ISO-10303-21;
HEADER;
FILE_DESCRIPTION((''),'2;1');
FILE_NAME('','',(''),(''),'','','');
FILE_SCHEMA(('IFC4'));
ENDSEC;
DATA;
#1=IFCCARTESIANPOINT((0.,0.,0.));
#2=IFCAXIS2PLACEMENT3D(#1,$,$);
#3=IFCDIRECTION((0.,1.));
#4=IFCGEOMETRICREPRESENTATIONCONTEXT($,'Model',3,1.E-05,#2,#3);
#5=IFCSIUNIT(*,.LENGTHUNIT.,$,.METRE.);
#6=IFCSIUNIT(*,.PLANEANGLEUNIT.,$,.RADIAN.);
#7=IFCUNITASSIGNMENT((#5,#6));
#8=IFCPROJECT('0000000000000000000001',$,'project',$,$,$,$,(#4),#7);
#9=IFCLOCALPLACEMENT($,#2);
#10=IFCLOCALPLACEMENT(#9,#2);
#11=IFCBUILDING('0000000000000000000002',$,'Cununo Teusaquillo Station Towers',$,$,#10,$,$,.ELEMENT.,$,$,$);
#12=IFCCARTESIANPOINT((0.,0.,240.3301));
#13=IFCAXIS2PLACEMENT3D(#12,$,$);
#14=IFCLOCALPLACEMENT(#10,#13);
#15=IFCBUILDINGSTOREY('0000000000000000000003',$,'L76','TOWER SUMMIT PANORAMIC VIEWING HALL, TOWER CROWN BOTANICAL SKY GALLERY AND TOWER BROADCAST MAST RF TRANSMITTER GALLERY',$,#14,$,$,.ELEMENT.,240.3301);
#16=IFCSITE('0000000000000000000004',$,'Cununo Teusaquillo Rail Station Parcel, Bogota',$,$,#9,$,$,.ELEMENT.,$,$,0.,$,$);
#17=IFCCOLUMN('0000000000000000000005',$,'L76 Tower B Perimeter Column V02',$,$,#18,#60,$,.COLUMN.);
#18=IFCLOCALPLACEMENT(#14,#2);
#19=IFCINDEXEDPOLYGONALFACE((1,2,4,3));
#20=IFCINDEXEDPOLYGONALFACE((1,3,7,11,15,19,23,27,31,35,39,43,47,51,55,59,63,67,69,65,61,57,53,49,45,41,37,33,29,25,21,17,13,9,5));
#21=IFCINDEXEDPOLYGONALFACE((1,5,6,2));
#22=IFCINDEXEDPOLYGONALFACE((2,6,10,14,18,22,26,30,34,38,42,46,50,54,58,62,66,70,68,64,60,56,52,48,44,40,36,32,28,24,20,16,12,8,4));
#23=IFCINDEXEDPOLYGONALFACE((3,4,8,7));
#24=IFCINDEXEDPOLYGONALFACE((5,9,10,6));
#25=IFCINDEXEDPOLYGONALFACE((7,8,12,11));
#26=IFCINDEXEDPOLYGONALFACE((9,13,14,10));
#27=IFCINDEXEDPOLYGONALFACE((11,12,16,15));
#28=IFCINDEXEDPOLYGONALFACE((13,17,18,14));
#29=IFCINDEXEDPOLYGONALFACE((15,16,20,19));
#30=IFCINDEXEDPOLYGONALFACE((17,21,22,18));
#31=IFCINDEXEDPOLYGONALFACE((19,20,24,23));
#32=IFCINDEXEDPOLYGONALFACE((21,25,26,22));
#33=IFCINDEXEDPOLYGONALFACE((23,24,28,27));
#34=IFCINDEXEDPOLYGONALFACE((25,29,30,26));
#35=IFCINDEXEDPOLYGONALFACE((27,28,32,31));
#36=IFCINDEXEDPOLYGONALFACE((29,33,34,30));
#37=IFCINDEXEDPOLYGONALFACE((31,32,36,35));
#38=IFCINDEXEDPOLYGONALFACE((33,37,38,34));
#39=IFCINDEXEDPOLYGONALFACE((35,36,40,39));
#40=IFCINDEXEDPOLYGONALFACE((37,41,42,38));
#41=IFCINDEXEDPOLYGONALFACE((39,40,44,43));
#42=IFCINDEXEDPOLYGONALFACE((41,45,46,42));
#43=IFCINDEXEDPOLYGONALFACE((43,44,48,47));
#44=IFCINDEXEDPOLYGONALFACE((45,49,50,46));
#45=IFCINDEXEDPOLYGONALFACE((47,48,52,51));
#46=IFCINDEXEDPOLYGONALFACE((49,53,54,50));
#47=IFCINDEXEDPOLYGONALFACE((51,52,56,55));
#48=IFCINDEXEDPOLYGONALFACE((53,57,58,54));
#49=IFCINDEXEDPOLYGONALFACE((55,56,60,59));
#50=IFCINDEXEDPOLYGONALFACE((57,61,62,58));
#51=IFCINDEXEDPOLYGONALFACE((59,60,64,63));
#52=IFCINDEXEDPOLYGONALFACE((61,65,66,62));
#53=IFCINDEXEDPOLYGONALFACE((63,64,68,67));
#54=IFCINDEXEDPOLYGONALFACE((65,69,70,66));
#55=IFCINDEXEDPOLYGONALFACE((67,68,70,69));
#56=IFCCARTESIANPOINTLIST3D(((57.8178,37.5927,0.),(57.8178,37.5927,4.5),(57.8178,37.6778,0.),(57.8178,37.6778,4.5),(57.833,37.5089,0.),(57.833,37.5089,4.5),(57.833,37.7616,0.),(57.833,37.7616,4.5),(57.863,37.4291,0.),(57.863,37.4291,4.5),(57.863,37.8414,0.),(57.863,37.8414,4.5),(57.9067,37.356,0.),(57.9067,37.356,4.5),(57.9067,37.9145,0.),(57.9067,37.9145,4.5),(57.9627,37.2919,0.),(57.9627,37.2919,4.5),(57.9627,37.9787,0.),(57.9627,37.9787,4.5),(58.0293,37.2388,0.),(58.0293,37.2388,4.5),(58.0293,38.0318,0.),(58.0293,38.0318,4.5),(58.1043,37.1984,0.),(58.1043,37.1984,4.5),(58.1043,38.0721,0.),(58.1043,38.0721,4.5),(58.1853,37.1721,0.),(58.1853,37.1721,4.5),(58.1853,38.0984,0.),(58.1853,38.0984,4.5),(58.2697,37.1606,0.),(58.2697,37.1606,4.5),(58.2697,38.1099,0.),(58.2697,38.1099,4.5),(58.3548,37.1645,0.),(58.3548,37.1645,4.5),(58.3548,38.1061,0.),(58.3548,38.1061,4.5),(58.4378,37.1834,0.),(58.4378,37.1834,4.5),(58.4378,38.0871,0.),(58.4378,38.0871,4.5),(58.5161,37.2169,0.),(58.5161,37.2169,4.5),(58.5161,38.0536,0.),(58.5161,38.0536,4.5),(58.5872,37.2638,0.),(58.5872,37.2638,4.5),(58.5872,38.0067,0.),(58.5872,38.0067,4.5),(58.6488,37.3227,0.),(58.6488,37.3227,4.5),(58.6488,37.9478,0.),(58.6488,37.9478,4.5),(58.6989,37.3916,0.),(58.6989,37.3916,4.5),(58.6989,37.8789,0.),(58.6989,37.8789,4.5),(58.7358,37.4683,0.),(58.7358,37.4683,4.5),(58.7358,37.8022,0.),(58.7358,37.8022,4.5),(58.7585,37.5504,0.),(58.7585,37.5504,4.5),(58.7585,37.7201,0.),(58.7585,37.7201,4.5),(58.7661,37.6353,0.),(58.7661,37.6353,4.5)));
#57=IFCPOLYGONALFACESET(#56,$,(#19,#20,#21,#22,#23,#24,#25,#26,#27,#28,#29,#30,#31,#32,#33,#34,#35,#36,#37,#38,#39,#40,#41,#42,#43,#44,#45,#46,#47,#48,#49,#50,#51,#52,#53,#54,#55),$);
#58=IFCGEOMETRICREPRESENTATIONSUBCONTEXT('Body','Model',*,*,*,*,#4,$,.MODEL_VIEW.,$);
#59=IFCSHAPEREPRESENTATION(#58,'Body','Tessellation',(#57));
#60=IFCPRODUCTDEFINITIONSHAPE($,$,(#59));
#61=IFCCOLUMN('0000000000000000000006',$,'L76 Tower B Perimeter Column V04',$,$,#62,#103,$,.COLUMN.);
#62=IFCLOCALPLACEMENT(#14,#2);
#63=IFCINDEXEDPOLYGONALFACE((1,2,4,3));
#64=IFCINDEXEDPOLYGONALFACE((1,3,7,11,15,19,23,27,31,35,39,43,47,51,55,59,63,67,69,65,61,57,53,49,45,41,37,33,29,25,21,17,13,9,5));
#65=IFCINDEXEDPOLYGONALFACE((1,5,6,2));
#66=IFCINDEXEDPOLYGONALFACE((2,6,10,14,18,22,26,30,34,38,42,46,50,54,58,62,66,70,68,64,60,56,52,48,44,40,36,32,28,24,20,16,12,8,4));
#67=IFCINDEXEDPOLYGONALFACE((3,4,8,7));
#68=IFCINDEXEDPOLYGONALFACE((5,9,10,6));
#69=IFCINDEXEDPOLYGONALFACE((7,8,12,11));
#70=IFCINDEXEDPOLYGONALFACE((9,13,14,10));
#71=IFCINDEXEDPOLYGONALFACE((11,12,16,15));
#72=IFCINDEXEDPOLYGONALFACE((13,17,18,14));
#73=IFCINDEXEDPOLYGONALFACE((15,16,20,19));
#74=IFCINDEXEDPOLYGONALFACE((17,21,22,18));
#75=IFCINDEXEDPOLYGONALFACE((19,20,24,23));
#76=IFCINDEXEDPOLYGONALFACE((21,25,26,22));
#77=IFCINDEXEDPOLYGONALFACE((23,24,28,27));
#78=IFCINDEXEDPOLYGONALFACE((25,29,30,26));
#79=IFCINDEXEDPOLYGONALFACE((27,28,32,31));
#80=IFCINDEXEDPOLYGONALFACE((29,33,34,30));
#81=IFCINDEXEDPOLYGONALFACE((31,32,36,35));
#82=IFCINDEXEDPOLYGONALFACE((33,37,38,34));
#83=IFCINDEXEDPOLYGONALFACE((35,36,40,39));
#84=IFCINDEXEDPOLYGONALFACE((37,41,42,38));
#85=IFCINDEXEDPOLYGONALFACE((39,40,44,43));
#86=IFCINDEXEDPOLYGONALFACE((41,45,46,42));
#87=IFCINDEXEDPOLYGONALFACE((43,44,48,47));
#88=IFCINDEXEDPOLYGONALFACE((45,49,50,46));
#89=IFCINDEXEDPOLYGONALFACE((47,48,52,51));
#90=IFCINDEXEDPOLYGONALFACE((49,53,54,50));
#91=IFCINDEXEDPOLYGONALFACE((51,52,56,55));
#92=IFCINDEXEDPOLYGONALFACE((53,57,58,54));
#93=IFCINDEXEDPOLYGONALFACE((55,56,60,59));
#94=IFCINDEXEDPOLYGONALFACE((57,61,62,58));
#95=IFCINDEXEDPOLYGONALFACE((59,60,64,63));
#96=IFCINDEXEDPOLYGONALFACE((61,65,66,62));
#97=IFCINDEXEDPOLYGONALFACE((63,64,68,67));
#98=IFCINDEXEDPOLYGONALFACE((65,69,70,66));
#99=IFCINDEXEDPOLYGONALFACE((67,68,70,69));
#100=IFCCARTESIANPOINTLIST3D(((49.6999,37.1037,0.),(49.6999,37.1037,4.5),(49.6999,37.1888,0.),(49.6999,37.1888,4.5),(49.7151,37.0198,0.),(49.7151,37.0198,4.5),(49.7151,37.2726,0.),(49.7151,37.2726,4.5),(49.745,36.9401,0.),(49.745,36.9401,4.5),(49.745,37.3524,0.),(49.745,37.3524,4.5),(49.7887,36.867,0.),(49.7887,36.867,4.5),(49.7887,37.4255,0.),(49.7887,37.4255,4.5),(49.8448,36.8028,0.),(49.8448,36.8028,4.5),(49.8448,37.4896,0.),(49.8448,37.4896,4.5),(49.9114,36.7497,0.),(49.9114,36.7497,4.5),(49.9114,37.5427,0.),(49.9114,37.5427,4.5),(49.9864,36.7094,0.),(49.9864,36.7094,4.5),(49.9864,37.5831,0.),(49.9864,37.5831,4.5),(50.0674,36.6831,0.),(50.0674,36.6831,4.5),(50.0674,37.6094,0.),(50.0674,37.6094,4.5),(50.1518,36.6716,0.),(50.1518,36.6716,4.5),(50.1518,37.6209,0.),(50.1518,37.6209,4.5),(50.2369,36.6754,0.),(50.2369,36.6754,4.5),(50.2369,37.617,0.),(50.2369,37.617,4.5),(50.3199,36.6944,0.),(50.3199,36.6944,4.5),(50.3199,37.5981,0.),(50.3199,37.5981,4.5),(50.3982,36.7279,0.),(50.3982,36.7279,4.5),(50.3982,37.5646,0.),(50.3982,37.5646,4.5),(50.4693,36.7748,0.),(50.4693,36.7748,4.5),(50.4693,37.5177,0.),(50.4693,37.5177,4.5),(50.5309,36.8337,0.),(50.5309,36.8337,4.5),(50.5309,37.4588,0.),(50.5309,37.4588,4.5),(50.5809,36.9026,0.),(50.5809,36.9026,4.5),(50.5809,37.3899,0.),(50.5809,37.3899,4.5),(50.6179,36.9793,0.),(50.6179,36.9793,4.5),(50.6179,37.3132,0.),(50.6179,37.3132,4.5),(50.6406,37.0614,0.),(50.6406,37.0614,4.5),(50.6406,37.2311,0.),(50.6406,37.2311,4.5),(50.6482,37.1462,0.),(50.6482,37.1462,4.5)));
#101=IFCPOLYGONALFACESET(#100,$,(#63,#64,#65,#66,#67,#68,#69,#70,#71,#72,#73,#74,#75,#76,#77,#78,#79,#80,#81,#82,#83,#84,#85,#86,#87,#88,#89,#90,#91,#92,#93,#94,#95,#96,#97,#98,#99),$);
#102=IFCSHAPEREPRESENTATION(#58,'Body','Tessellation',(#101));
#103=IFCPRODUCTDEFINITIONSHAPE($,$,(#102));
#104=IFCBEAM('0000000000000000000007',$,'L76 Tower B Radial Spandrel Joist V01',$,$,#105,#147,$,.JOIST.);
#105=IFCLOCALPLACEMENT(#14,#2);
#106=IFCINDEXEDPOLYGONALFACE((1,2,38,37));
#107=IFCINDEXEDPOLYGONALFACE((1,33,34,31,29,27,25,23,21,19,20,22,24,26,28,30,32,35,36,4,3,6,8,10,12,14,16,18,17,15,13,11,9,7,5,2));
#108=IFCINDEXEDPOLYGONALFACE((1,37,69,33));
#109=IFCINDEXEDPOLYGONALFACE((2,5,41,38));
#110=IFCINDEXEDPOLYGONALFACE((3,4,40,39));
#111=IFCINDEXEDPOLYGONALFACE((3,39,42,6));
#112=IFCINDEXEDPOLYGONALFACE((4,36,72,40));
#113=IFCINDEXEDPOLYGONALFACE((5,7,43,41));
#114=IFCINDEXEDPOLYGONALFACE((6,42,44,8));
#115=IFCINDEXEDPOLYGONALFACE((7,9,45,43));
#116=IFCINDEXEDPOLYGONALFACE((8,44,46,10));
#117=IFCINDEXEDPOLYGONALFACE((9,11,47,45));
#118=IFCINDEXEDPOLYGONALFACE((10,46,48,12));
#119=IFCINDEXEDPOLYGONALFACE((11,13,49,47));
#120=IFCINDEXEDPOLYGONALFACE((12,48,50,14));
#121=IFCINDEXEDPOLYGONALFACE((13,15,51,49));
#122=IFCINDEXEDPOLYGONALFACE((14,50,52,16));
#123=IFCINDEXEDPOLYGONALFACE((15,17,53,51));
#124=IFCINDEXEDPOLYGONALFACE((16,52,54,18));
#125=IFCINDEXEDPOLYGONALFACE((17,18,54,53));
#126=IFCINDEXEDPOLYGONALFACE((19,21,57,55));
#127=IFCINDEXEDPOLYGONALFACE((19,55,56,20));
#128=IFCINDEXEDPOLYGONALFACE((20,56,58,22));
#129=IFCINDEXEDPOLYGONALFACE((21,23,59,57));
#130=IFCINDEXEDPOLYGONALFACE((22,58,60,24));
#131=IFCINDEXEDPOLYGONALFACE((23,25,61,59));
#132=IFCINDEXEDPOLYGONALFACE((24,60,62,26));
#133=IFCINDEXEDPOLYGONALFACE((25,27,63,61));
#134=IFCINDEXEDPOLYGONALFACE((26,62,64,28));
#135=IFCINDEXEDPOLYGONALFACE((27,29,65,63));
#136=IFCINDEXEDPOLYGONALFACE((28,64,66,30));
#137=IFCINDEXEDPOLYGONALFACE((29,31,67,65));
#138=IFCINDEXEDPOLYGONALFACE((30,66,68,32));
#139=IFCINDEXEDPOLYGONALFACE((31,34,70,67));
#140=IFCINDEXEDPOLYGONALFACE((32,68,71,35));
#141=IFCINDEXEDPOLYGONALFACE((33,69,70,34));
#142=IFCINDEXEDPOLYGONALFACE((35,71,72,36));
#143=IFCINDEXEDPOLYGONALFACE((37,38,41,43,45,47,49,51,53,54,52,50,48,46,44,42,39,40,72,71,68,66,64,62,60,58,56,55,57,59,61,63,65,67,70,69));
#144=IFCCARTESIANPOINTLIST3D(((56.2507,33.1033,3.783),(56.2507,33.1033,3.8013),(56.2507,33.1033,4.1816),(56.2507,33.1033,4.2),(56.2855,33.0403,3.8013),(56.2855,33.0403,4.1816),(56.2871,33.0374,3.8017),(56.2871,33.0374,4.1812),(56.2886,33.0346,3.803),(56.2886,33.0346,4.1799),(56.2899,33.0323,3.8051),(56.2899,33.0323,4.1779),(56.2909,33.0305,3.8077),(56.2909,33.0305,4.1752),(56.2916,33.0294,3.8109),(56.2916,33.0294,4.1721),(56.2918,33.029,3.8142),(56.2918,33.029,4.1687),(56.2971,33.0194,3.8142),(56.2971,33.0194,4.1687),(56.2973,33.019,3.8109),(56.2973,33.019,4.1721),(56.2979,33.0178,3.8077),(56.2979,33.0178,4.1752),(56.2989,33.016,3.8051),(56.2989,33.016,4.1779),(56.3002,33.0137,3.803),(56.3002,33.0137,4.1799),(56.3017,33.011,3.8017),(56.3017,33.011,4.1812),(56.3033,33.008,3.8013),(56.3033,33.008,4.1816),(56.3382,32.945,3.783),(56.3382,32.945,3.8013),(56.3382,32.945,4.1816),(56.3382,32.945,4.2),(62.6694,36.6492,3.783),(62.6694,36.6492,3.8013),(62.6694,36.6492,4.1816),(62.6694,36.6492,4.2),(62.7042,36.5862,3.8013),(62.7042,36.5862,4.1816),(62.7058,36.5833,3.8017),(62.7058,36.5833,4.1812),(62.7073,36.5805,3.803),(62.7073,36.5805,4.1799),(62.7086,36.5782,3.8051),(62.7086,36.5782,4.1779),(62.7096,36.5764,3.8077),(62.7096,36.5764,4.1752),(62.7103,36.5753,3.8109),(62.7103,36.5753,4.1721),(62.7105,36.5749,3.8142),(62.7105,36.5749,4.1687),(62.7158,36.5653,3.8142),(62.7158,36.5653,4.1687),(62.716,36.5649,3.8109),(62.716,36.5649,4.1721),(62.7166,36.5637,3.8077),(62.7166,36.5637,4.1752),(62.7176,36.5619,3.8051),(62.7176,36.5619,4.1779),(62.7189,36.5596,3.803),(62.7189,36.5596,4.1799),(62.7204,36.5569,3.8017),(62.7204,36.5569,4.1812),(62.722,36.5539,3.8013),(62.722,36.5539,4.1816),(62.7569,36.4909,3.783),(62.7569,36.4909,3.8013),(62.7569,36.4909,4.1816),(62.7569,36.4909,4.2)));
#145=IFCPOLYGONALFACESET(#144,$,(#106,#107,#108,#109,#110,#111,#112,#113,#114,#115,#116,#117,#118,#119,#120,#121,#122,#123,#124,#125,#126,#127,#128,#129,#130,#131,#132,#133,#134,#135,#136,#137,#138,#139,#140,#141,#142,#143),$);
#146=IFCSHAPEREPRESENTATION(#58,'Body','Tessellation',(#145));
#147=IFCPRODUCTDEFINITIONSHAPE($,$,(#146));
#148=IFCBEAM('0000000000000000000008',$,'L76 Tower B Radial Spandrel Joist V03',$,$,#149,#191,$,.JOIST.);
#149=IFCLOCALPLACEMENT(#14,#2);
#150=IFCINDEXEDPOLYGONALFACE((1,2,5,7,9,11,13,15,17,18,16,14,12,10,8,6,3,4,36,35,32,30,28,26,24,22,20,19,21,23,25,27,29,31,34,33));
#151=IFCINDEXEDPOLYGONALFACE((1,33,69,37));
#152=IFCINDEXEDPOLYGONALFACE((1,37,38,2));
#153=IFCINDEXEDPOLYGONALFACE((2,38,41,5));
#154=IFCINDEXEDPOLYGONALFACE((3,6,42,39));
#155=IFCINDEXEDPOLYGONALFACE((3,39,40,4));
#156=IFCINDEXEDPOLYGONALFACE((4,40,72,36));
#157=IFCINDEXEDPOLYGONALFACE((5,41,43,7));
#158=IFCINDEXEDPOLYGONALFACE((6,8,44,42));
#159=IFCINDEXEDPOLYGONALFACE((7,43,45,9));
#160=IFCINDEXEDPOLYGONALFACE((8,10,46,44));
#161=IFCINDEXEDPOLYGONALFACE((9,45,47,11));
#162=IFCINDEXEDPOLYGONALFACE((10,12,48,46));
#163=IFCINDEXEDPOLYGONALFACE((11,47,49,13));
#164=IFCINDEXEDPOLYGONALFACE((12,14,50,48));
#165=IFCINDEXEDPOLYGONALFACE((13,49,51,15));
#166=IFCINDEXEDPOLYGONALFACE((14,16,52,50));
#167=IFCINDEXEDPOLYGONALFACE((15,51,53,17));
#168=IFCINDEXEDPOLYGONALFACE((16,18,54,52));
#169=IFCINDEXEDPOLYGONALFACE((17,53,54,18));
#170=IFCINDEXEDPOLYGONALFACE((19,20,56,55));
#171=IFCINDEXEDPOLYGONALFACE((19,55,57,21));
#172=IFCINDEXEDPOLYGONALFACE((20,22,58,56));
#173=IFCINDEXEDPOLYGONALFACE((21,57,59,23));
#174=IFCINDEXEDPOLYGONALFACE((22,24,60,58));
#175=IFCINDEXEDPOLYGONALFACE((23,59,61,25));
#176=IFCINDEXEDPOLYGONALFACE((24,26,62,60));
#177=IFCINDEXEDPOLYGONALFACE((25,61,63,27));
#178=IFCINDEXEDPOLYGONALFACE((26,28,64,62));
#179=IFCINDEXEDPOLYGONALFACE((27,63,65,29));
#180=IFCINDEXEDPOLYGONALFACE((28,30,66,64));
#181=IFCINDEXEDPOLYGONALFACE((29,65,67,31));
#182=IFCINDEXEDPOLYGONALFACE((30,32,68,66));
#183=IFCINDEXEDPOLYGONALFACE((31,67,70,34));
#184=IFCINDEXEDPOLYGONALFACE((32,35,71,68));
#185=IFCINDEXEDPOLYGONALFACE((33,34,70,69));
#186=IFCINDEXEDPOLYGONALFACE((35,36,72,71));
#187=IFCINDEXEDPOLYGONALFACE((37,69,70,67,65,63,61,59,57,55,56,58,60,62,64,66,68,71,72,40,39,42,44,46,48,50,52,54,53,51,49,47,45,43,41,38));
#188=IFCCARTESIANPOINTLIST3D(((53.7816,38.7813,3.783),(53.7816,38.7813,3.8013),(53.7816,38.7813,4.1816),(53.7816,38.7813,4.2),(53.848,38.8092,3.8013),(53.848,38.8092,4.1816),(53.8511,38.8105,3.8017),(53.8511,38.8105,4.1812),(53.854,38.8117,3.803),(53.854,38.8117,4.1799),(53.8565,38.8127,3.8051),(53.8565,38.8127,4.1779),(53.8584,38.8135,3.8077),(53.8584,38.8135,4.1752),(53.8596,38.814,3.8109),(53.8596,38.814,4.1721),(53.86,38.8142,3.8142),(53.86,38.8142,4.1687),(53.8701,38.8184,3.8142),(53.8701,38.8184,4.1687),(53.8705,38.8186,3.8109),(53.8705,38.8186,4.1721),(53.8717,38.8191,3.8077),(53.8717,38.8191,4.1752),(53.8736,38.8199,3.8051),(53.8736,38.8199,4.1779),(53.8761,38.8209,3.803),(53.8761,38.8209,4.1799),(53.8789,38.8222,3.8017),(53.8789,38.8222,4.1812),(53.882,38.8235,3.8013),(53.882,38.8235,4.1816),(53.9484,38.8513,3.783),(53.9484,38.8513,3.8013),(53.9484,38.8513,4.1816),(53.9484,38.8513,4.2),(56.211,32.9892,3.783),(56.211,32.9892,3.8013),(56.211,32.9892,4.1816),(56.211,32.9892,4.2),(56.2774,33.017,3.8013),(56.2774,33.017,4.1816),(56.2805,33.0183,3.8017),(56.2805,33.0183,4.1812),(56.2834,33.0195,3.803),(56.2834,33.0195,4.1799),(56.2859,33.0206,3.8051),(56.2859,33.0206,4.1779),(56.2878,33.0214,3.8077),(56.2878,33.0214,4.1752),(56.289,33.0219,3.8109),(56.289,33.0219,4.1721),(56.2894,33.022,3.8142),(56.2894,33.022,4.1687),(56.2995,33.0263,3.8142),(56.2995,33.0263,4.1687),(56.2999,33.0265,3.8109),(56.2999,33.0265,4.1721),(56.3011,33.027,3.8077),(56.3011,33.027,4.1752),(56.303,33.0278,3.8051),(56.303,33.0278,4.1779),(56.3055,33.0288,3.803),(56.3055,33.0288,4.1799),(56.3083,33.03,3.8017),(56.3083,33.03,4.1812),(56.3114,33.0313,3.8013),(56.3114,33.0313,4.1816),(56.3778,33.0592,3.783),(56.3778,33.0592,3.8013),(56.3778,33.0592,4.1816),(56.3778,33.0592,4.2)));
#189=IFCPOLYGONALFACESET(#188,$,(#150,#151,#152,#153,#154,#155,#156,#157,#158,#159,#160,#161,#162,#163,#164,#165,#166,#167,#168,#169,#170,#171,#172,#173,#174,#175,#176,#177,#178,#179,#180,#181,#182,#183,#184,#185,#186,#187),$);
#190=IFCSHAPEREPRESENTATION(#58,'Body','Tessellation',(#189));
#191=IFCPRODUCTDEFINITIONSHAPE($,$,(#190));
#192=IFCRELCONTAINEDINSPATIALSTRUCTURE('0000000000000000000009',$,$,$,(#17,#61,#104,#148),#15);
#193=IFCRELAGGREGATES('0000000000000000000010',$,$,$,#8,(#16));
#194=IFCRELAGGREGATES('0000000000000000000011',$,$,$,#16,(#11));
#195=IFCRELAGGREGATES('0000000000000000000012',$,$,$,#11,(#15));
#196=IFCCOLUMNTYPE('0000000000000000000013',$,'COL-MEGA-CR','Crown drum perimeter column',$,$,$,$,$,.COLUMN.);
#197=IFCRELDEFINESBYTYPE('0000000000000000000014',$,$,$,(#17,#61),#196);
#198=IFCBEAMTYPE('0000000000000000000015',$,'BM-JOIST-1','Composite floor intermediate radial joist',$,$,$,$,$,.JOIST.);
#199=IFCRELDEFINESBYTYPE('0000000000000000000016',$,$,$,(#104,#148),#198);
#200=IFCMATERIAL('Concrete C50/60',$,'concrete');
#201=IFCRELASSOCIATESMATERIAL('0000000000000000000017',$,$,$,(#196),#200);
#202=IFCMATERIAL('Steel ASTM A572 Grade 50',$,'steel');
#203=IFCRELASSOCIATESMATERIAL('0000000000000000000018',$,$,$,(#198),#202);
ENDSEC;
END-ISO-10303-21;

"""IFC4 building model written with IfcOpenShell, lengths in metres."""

from ifc_helpers import new_model, si_unit, direction, frame, origin, origin_2d, place, context, subcontext, project, spatial, circle, i_section, extrude, material, material_profile, profile_set, type_object, element, save


model = new_model("IFC4")

# Units and contexts
model_context = context("Model", 3, precision=1e-05, world=origin(), true_north=direction((0.0, 1.0)))
body_context = subcontext(model_context, "Body", "Model", "MODEL_VIEW")
ifc_project = project(units=[si_unit("LENGTHUNIT", "METRE"), si_unit("PLANEANGLEUNIT", "RADIAN")], contexts=[model_context])

# Site, building, storey
site_placement = place(None, origin())
site = spatial("IfcSite", under=ifc_project, at=site_placement, Name="Cununo Teusaquillo Rail Station Parcel, Bogota", CompositionType="ELEMENT", RefElevation=0.0)
building_placement = place(site_placement, origin())
building = spatial("IfcBuilding", under=site, at=building_placement, Name="Cununo Teusaquillo Station Towers", CompositionType="ELEMENT")
storey_placement = place(building_placement, frame((0.0, 0.0, 240.3301)))
storey = spatial("IfcBuildingStorey", under=building, at=storey_placement, Name="L76", Description="TOWER SUMMIT PANORAMIC VIEWING HALL, TOWER CROWN BOTANICAL SKY GALLERY AND TOWER BROADCAST MAST RF TRANSMITTER GALLERY", CompositionType="ELEMENT", Elevation=240.3301)

# Columns
ifc_material_1 = material(Name="Concrete C50/60", Category="concrete")
ifc_material_profile_1 = material_profile(ifc_material_1, circle(Radius=0.4751, at=origin_2d()), Name="RC-CIRC-950")
ifc_profile_set_1 = profile_set([ifc_material_profile_1], Name="Concrete C50/60")
column_type = type_object("IfcColumnType", Name="COL-MEGA-CR", Description="Crown drum perimeter column", PredefinedType="COLUMN", material=ifc_profile_set_1)
for number, where, z_axis, x_axis, name in (
    (1, (58.291, 37.6353, 0.0), (0.0, 0.0, 1.0), (1.0, 0.0, 0.0), "L76 Tower B Perimeter Column V02"),
    (2, (50.1731, 37.1462, 0.0), (0.0, 0.0, 1.0), (1.0, 0.0, 0.0), "L76 Tower B Perimeter Column V04"),
):
    element("IfcColumn", number, at=place(storey_placement, frame(where, z_axis=z_axis, x_axis=x_axis)), inside=storey, type_object=column_type, Name=name, PredefinedType="COLUMN", context=body_context, shape_type="SweptSolid", body=[
        extrude(circle(Radius=0.4751, at=origin_2d()), origin(), (0.0, 0.0, 1.0), 4.5),
    ])

# Beams
ifc_material_2 = material(Name="Steel ASTM A572 Grade 50", Category="steel")
ifc_material_profile_2 = material_profile(ifc_material_2, i_section(OverallWidth=0.1809, OverallDepth=0.417, WebThickness=0.011, FlangeThickness=0.0183, FilletRadius=0.0129, at=origin_2d()), Name="W16X57")
ifc_profile_set_2 = profile_set([ifc_material_profile_2], Name="Steel ASTM A572 Grade 50")
beam_type_1 = type_object("IfcBeamType", Name="BM-JOIST-1", Description="Composite floor intermediate radial joist", PredefinedType="JOIST", material=ifc_profile_set_2)
beam_1_placement = place(storey_placement, frame((56.2944, 33.0242, 3.9915), z_axis=(0.875315, 0.483553, 0.0), x_axis=(-0.483553, 0.875315, 0.0)))
element("IfcBeam", 3, at=beam_1_placement, inside=storey, type_object=beam_type_1, Name="L76 Tower B Radial Spandrel Joist V01", PredefinedType="JOIST", context=body_context, shape_type="SweptSolid", body=[
    extrude(i_section(OverallWidth=0.1809, OverallDepth=0.417, WebThickness=0.011, FlangeThickness=0.0183, FilletRadius=0.0129, at=origin_2d()), origin(), (0.0, 0.0, 1.0), 7.333),
])
beam_2_placement = place(storey_placement, frame((56.2944, 33.0242, 3.9915), z_axis=(-0.386786, 0.922169, 0.0), x_axis=(-0.922169, -0.386786, 0.0)))
element("IfcBeam", 4, at=beam_2_placement, inside=storey, type_object=beam_type_1, Name="L76 Tower B Radial Spandrel Joist V03", PredefinedType="JOIST", context=body_context, shape_type="SweptSolid", body=[
    extrude(i_section(OverallWidth=0.1809, OverallDepth=0.417, WebThickness=0.011, FlangeThickness=0.0183, FilletRadius=0.0129, at=origin_2d()), origin(), (0.0, 0.0, 1.0), 6.281),
])

save(model, "model.ifc")
